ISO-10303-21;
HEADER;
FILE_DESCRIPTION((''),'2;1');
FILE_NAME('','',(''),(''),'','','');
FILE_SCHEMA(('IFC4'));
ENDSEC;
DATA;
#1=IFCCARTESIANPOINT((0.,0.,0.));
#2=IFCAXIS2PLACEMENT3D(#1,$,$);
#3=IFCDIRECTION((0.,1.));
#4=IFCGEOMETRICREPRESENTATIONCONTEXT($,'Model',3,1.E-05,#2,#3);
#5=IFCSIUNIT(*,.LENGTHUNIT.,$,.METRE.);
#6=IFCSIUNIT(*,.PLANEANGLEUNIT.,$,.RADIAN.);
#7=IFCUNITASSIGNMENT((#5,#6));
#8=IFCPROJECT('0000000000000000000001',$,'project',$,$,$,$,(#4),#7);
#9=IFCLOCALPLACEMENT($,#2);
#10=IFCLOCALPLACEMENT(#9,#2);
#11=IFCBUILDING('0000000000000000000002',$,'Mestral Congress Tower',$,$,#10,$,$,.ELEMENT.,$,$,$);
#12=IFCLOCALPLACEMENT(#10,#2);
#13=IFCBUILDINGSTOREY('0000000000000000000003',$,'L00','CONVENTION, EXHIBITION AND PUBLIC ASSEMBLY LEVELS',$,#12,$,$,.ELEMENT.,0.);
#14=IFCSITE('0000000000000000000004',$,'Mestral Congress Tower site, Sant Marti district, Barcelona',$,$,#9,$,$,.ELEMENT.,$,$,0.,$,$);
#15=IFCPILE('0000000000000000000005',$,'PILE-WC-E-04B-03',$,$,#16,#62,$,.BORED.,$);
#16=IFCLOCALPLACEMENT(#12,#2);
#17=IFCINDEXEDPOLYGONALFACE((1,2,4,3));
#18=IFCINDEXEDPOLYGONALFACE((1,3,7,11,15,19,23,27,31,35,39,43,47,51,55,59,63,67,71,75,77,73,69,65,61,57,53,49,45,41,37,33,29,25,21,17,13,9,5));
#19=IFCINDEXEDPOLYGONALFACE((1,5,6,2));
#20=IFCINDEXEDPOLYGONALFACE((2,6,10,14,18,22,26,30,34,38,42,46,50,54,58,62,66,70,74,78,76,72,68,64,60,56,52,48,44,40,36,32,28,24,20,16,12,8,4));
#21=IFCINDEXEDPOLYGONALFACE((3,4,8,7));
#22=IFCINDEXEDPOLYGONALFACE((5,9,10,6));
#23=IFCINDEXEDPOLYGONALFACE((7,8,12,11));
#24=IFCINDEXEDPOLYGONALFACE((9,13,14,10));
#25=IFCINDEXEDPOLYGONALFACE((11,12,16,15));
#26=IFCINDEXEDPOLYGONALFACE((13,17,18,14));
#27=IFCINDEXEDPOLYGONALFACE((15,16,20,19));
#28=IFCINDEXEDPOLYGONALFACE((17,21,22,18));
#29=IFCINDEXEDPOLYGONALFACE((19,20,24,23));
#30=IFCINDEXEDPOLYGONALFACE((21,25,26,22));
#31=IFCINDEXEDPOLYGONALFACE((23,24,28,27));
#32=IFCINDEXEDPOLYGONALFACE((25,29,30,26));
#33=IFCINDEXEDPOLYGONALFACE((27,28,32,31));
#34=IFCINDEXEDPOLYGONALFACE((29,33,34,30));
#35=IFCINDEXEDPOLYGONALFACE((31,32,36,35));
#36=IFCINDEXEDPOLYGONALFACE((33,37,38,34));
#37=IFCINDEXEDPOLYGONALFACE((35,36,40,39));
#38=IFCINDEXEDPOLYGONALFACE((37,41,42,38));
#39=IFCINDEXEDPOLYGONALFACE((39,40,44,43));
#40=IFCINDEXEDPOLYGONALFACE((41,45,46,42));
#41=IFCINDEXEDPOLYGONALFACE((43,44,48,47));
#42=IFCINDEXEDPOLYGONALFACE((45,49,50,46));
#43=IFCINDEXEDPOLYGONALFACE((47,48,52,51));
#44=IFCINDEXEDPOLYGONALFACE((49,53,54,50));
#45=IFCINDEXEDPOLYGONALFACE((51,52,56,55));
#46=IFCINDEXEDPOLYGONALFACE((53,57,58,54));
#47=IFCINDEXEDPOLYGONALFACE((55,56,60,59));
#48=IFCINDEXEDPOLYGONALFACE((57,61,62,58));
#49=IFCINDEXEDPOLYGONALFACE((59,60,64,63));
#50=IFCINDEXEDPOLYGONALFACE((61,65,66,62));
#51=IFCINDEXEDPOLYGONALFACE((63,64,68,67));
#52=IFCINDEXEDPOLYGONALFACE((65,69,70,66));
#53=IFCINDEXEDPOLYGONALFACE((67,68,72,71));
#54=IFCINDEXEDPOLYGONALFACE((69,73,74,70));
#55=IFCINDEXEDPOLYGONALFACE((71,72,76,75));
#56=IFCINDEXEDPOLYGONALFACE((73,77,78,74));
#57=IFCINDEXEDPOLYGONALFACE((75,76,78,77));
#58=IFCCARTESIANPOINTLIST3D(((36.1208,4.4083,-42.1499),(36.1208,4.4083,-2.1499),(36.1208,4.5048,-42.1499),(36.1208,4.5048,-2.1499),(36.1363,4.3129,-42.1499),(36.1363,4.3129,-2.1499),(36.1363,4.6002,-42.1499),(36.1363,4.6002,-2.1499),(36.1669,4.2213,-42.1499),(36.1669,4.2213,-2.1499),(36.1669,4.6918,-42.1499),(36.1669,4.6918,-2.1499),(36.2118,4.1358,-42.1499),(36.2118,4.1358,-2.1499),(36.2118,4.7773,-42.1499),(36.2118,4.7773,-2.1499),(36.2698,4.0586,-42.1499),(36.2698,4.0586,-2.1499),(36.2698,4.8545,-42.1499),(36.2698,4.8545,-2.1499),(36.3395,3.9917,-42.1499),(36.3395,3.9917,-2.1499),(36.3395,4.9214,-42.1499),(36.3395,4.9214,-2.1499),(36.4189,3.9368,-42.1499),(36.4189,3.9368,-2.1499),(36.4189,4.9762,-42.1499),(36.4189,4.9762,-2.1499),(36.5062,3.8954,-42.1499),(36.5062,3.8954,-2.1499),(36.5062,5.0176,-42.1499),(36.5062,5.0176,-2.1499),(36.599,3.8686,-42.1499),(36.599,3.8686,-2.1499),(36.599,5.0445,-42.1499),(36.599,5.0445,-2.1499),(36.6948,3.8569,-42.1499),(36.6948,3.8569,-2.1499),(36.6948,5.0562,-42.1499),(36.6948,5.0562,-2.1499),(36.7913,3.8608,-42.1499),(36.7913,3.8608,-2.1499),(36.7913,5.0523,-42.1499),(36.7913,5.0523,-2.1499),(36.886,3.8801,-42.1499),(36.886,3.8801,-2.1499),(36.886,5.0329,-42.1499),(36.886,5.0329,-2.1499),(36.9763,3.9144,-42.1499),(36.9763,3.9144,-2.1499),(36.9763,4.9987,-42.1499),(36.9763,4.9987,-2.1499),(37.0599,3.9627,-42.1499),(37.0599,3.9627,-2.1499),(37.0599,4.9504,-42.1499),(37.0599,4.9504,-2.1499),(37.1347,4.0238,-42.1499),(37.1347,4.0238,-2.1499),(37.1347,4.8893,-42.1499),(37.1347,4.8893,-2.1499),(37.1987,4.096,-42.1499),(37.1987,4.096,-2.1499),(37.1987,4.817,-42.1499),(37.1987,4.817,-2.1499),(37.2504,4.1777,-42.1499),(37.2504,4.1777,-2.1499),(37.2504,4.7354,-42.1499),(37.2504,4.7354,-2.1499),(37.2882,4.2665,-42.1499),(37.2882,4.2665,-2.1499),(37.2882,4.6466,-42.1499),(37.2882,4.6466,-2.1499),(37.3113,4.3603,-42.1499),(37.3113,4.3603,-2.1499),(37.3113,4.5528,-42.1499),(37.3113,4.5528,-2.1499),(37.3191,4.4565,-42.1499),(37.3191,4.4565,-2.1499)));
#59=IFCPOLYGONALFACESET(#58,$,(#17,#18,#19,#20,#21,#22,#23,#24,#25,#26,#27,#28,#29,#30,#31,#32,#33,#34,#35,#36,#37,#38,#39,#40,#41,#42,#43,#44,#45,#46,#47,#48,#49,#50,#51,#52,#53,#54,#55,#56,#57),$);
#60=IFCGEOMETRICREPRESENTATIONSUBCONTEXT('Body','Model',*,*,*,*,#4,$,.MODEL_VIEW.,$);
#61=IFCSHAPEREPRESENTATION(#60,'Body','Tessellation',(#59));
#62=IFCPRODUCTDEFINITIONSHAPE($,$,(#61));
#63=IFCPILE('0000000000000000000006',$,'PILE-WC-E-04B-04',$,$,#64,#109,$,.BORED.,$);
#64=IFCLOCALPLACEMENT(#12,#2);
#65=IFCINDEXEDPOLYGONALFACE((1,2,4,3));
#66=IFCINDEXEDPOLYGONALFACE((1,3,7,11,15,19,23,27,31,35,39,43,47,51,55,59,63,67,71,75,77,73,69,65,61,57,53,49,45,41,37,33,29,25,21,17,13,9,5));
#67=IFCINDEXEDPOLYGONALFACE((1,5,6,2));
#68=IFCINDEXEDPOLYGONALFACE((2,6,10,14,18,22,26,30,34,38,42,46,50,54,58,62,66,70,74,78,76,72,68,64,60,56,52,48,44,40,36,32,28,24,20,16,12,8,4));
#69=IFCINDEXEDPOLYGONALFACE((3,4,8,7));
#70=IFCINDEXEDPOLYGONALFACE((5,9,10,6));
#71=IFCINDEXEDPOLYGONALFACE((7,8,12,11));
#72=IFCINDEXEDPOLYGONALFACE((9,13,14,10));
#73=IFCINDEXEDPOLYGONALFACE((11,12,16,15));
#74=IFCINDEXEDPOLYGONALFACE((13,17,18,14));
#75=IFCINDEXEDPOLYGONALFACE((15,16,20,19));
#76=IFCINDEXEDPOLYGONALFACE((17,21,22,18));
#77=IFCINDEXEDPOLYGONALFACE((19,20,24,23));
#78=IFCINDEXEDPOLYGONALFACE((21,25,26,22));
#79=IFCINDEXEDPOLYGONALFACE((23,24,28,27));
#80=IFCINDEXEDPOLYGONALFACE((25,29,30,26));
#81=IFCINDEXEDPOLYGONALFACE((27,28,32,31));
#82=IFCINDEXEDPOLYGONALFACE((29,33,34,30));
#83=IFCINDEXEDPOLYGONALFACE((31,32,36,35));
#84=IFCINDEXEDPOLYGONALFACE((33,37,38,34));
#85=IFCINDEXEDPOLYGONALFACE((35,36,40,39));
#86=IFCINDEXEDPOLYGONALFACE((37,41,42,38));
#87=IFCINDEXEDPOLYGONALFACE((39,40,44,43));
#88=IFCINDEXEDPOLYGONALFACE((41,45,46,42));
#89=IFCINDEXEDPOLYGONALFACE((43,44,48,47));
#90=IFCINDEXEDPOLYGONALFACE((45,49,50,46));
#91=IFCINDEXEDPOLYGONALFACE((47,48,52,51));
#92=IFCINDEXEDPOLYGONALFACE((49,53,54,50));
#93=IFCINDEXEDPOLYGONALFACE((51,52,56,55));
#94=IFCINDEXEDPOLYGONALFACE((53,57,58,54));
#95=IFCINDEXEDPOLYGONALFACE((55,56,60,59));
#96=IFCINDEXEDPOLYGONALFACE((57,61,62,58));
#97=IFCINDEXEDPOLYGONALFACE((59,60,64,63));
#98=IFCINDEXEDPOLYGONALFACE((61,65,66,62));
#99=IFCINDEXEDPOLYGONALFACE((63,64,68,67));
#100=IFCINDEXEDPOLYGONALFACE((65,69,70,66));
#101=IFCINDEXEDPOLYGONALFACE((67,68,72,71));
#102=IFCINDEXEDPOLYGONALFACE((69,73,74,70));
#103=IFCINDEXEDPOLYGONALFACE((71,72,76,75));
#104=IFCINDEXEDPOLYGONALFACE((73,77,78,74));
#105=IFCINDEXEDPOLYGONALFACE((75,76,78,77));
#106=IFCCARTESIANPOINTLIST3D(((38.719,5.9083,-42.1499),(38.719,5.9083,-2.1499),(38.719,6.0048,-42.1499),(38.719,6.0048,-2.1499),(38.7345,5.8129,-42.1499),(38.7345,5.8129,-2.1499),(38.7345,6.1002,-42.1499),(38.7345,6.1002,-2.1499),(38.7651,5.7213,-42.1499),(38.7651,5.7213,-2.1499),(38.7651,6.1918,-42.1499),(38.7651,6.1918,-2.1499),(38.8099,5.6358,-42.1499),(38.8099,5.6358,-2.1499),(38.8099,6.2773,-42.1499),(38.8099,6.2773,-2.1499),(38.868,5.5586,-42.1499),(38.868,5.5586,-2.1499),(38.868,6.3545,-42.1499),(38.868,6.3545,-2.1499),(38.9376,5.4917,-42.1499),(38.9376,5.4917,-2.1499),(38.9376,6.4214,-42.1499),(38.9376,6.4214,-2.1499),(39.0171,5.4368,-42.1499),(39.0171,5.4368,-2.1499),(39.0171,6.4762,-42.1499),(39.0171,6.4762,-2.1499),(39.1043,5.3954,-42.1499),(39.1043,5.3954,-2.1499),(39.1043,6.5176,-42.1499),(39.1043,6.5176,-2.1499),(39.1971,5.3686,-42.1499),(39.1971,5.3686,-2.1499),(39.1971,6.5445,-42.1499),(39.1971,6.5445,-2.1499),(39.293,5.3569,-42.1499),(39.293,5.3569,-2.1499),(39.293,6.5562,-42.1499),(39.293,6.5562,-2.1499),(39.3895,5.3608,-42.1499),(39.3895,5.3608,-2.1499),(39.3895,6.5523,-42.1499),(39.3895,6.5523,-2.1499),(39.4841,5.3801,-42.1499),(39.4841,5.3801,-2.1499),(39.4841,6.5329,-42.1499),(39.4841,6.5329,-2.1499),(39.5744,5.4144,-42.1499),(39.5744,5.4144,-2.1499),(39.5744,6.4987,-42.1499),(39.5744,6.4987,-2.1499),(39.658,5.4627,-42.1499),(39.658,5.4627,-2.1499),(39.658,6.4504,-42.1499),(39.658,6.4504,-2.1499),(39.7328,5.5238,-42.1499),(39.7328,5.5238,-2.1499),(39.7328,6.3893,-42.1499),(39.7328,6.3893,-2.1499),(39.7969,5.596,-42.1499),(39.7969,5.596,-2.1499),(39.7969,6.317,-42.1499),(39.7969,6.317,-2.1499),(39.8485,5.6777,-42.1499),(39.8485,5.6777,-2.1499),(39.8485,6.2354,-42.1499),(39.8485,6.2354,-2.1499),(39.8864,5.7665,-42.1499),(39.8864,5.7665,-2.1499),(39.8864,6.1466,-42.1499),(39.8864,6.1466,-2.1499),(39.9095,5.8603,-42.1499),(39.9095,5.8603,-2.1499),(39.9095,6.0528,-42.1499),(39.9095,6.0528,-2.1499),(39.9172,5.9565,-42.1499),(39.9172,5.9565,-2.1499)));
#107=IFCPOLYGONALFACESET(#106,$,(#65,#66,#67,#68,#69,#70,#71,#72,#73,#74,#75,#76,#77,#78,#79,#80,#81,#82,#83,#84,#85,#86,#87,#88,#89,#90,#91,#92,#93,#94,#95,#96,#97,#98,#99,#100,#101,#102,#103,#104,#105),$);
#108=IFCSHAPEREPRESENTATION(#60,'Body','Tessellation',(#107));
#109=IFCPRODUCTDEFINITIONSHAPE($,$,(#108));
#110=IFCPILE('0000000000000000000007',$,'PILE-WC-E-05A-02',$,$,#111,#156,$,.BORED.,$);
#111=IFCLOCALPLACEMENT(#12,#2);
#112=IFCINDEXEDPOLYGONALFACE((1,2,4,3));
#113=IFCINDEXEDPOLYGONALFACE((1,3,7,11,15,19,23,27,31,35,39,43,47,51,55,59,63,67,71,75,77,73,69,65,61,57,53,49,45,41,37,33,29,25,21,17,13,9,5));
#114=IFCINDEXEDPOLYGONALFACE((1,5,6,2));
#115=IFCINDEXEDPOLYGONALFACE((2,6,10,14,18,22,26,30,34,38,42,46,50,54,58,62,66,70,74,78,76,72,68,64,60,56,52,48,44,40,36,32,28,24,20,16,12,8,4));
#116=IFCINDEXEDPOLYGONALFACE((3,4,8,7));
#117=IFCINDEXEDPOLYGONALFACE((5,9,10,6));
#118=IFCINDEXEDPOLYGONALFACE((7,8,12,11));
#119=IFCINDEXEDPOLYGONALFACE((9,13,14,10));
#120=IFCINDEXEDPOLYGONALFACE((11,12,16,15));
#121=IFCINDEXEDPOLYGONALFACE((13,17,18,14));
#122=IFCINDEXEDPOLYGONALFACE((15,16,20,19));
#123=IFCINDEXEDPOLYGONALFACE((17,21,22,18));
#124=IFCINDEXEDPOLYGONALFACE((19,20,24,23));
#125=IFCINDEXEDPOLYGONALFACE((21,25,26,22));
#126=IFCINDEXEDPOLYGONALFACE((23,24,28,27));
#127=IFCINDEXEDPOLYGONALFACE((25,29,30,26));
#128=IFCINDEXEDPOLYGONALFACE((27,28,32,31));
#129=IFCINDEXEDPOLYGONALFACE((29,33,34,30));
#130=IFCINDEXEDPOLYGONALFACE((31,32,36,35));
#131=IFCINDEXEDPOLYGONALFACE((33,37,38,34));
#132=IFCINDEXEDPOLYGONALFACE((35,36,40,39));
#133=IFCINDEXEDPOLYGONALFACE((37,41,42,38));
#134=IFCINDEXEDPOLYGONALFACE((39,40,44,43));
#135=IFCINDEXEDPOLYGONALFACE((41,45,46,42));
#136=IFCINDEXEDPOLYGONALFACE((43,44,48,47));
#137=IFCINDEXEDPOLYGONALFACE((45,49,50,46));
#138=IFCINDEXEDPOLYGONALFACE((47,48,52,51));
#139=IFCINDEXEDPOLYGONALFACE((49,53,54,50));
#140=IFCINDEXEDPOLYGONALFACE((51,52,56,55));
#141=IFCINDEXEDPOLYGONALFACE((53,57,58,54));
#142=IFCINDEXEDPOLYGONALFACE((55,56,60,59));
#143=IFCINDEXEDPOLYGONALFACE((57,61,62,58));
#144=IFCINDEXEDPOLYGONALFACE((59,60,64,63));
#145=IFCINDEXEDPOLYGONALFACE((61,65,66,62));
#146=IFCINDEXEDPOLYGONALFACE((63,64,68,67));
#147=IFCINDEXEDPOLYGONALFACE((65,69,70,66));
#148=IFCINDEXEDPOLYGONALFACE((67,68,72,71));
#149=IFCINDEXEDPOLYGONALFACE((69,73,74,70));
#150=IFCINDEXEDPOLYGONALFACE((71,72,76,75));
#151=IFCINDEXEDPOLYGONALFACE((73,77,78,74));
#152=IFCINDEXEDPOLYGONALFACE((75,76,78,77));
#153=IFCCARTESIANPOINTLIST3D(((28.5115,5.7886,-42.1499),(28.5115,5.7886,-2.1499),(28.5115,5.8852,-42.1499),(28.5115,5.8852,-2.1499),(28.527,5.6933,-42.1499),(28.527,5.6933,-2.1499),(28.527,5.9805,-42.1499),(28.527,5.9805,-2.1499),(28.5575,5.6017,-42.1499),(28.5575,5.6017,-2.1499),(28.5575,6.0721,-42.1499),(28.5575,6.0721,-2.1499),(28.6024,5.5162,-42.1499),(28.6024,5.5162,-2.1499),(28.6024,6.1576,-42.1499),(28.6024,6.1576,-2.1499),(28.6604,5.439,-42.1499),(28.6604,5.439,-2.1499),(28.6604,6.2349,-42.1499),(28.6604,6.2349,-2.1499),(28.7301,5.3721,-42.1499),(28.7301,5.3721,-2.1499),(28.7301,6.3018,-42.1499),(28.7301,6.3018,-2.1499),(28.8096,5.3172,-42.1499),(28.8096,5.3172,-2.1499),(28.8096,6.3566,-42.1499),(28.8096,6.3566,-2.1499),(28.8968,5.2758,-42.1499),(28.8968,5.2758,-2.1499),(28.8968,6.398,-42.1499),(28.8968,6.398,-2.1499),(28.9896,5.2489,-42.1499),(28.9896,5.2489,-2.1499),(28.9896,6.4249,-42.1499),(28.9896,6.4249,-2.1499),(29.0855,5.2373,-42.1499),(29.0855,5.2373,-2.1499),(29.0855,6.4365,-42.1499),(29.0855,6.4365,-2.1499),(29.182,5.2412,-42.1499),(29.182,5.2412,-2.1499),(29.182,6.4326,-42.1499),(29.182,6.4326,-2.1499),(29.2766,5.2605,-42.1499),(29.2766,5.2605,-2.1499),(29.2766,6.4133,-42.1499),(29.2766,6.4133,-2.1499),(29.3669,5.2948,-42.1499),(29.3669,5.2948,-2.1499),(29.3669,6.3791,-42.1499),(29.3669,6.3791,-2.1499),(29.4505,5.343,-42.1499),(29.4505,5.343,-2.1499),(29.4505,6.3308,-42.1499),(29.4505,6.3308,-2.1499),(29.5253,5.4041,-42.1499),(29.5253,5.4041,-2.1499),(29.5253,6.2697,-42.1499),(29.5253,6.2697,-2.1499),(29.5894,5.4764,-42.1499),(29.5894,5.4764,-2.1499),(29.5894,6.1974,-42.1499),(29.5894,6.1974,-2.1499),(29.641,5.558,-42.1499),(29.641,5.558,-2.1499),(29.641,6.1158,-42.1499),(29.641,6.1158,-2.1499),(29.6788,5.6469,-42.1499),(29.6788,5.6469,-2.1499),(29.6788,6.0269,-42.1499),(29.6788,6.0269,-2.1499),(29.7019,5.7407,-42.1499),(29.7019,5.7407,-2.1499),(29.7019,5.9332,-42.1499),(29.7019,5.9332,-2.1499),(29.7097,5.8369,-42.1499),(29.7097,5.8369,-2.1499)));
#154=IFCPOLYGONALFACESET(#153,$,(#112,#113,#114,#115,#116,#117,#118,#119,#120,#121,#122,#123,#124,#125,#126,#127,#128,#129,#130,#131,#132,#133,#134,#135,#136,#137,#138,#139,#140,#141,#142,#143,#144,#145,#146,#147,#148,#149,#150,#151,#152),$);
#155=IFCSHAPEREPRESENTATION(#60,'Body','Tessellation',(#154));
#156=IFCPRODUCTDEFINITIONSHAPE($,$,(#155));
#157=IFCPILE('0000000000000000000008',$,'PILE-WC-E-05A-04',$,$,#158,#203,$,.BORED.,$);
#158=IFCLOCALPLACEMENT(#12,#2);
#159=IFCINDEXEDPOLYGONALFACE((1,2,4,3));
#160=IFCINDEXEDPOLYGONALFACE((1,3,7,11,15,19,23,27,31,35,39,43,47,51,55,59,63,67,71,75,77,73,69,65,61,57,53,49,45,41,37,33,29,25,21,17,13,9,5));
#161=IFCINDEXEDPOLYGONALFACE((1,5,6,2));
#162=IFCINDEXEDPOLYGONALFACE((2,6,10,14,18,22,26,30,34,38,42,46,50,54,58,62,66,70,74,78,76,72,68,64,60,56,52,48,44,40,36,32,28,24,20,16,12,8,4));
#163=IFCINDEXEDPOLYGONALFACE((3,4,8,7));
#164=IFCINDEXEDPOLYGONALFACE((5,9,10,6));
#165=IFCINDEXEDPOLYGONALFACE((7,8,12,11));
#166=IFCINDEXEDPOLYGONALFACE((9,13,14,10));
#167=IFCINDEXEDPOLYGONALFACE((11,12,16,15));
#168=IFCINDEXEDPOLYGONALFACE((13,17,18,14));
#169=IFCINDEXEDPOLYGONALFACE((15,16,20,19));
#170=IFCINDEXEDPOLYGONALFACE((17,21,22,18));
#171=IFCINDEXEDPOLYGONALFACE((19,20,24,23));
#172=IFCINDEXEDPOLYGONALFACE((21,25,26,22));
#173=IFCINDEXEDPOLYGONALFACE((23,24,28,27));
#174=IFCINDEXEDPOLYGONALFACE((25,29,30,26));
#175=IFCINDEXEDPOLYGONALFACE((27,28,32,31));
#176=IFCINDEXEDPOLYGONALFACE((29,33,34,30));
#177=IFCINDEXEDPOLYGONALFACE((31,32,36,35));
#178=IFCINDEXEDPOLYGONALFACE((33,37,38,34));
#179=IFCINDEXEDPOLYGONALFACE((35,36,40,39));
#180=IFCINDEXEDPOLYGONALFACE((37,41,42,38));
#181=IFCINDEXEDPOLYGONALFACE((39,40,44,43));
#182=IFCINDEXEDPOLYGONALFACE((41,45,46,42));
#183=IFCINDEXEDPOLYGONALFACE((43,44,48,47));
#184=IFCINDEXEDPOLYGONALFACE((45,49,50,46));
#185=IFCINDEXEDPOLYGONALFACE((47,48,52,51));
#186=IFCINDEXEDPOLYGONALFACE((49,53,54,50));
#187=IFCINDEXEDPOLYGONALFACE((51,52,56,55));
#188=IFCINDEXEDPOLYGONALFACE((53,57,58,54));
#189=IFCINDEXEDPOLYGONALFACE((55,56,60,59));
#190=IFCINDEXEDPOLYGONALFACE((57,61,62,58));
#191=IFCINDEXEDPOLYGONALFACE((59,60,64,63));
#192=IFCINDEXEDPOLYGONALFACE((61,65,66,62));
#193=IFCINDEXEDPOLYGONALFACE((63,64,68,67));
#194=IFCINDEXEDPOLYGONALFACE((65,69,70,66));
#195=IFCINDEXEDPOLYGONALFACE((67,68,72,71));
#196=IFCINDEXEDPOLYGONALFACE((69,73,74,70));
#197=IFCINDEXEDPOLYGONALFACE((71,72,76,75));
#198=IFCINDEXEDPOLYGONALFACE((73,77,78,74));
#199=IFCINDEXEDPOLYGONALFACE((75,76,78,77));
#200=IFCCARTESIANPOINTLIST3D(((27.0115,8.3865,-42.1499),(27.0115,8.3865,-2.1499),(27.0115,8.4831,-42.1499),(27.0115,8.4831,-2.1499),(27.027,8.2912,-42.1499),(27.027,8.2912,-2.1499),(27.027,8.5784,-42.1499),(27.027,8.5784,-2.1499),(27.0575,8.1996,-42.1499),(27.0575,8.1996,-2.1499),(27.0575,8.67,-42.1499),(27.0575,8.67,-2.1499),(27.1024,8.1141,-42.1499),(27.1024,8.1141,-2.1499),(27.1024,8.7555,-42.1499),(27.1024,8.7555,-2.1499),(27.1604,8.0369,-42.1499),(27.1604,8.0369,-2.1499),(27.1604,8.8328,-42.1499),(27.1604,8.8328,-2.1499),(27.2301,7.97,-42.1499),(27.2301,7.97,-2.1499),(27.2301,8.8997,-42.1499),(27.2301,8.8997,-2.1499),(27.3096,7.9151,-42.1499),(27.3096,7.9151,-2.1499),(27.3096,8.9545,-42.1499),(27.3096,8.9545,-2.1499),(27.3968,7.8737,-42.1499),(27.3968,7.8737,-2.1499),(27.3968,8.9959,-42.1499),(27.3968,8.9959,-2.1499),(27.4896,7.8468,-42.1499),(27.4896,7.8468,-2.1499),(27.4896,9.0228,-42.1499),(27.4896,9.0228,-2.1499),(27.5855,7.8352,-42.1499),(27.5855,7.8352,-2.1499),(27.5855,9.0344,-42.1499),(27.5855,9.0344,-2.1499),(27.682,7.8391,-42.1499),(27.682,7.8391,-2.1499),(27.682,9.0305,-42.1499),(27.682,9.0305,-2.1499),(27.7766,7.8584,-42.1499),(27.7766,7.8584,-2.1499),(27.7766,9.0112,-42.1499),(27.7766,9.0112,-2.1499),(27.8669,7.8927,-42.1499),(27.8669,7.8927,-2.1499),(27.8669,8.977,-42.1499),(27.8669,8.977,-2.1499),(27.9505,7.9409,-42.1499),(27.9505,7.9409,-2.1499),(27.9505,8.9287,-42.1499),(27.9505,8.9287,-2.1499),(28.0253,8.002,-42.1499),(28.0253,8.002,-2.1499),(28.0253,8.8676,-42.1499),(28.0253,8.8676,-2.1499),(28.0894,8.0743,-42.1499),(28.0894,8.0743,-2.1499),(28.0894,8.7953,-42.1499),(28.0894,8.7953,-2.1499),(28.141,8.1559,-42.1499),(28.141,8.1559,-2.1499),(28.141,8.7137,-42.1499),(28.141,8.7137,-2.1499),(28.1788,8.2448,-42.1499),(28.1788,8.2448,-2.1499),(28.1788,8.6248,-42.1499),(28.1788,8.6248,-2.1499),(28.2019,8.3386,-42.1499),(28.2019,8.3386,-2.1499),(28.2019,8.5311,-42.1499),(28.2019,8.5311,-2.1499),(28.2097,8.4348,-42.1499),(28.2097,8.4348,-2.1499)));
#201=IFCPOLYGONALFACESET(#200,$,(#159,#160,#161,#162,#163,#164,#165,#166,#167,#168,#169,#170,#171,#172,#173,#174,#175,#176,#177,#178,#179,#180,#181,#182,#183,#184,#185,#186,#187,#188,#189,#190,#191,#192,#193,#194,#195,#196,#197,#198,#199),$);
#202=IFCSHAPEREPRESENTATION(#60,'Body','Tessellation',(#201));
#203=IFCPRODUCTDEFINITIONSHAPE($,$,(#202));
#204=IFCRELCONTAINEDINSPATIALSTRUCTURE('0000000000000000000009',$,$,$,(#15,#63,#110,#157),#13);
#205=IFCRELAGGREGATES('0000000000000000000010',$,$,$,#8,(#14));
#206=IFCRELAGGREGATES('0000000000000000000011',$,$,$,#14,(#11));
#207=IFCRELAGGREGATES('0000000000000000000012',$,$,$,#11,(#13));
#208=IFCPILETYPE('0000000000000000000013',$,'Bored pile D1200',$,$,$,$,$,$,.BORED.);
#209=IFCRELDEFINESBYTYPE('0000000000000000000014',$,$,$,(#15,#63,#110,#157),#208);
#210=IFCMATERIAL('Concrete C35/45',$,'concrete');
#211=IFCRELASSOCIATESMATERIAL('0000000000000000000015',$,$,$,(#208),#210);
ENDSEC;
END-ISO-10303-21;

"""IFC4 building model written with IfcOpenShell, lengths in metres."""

from ifc_helpers import new_model, si_unit, direction, frame, origin, origin_2d, place, context, subcontext, project, spatial, circle, extrude, material, material_profile, profile_set, type_object, element, save


model = new_model("IFC4")

# Units and contexts
model_context = context("Model", 3, precision=1e-05, world=origin(), true_north=direction((0.0, 1.0)))
body_context = subcontext(model_context, "Body", "Model", "MODEL_VIEW")
ifc_project = project(units=[si_unit("LENGTHUNIT", "METRE"), si_unit("PLANEANGLEUNIT", "RADIAN")], contexts=[model_context])

# Site, building, storey
site_placement = place(None, origin())
site = spatial("IfcSite", under=ifc_project, at=site_placement, Name="Mestral Congress Tower site, Sant Marti district, Barcelona", CompositionType="ELEMENT", RefElevation=0.0)
building_placement = place(site_placement, origin())
building = spatial("IfcBuilding", under=site, at=building_placement, Name="Mestral Congress Tower", CompositionType="ELEMENT")
storey_placement = place(building_placement, origin())
storey = spatial("IfcBuildingStorey", under=building, at=storey_placement, Name="L00", Description="CONVENTION, EXHIBITION AND PUBLIC ASSEMBLY LEVELS", CompositionType="ELEMENT", Elevation=0.0)

# Piles
ifc_material_1 = material(Name="Concrete C35/45", Category="concrete")
ifc_material_profile_1 = material_profile(ifc_material_1, circle(Radius=0.6001, at=origin_2d()), Name="D1200")
ifc_profile_set_1 = profile_set([ifc_material_profile_1], Name="Concrete C35/45")
pile_type = type_object("IfcPileType", Name="Bored pile D1200", PredefinedType="BORED", material=ifc_profile_set_1)
for number, where, z_axis, x_axis, name in (
    (1, (36.719, 4.4565, -2.1499), (0.0, 0.0, -1.0), (1.0, 0.0, 0.0), "PILE-WC-E-04B-03"),
    (2, (39.3171, 5.9565, -2.1499), (0.0, 0.0, -1.0), (1.0, 0.0, 0.0), "PILE-WC-E-04B-04"),
    (3, (29.1096, 5.8369, -2.1499), (0.0, 0.0, -1.0), (1.0, 0.0, 0.0), "PILE-WC-E-05A-02"),
    (4, (27.6096, 8.4348, -2.1499), (0.0, 0.0, -1.0), (1.0, 0.0, 0.0), "PILE-WC-E-05A-04"),
):
    element("IfcPile", number, at=place(storey_placement, frame(where, z_axis=z_axis, x_axis=x_axis)), inside=storey, type_object=pile_type, Name=name, PredefinedType="BORED", context=body_context, shape_type="SweptSolid", body=[
        extrude(circle(Radius=0.6001, at=origin_2d()), origin(), (0.0, 0.0, 1.0), 40.0),
    ])

save(model, "model.ifc")
